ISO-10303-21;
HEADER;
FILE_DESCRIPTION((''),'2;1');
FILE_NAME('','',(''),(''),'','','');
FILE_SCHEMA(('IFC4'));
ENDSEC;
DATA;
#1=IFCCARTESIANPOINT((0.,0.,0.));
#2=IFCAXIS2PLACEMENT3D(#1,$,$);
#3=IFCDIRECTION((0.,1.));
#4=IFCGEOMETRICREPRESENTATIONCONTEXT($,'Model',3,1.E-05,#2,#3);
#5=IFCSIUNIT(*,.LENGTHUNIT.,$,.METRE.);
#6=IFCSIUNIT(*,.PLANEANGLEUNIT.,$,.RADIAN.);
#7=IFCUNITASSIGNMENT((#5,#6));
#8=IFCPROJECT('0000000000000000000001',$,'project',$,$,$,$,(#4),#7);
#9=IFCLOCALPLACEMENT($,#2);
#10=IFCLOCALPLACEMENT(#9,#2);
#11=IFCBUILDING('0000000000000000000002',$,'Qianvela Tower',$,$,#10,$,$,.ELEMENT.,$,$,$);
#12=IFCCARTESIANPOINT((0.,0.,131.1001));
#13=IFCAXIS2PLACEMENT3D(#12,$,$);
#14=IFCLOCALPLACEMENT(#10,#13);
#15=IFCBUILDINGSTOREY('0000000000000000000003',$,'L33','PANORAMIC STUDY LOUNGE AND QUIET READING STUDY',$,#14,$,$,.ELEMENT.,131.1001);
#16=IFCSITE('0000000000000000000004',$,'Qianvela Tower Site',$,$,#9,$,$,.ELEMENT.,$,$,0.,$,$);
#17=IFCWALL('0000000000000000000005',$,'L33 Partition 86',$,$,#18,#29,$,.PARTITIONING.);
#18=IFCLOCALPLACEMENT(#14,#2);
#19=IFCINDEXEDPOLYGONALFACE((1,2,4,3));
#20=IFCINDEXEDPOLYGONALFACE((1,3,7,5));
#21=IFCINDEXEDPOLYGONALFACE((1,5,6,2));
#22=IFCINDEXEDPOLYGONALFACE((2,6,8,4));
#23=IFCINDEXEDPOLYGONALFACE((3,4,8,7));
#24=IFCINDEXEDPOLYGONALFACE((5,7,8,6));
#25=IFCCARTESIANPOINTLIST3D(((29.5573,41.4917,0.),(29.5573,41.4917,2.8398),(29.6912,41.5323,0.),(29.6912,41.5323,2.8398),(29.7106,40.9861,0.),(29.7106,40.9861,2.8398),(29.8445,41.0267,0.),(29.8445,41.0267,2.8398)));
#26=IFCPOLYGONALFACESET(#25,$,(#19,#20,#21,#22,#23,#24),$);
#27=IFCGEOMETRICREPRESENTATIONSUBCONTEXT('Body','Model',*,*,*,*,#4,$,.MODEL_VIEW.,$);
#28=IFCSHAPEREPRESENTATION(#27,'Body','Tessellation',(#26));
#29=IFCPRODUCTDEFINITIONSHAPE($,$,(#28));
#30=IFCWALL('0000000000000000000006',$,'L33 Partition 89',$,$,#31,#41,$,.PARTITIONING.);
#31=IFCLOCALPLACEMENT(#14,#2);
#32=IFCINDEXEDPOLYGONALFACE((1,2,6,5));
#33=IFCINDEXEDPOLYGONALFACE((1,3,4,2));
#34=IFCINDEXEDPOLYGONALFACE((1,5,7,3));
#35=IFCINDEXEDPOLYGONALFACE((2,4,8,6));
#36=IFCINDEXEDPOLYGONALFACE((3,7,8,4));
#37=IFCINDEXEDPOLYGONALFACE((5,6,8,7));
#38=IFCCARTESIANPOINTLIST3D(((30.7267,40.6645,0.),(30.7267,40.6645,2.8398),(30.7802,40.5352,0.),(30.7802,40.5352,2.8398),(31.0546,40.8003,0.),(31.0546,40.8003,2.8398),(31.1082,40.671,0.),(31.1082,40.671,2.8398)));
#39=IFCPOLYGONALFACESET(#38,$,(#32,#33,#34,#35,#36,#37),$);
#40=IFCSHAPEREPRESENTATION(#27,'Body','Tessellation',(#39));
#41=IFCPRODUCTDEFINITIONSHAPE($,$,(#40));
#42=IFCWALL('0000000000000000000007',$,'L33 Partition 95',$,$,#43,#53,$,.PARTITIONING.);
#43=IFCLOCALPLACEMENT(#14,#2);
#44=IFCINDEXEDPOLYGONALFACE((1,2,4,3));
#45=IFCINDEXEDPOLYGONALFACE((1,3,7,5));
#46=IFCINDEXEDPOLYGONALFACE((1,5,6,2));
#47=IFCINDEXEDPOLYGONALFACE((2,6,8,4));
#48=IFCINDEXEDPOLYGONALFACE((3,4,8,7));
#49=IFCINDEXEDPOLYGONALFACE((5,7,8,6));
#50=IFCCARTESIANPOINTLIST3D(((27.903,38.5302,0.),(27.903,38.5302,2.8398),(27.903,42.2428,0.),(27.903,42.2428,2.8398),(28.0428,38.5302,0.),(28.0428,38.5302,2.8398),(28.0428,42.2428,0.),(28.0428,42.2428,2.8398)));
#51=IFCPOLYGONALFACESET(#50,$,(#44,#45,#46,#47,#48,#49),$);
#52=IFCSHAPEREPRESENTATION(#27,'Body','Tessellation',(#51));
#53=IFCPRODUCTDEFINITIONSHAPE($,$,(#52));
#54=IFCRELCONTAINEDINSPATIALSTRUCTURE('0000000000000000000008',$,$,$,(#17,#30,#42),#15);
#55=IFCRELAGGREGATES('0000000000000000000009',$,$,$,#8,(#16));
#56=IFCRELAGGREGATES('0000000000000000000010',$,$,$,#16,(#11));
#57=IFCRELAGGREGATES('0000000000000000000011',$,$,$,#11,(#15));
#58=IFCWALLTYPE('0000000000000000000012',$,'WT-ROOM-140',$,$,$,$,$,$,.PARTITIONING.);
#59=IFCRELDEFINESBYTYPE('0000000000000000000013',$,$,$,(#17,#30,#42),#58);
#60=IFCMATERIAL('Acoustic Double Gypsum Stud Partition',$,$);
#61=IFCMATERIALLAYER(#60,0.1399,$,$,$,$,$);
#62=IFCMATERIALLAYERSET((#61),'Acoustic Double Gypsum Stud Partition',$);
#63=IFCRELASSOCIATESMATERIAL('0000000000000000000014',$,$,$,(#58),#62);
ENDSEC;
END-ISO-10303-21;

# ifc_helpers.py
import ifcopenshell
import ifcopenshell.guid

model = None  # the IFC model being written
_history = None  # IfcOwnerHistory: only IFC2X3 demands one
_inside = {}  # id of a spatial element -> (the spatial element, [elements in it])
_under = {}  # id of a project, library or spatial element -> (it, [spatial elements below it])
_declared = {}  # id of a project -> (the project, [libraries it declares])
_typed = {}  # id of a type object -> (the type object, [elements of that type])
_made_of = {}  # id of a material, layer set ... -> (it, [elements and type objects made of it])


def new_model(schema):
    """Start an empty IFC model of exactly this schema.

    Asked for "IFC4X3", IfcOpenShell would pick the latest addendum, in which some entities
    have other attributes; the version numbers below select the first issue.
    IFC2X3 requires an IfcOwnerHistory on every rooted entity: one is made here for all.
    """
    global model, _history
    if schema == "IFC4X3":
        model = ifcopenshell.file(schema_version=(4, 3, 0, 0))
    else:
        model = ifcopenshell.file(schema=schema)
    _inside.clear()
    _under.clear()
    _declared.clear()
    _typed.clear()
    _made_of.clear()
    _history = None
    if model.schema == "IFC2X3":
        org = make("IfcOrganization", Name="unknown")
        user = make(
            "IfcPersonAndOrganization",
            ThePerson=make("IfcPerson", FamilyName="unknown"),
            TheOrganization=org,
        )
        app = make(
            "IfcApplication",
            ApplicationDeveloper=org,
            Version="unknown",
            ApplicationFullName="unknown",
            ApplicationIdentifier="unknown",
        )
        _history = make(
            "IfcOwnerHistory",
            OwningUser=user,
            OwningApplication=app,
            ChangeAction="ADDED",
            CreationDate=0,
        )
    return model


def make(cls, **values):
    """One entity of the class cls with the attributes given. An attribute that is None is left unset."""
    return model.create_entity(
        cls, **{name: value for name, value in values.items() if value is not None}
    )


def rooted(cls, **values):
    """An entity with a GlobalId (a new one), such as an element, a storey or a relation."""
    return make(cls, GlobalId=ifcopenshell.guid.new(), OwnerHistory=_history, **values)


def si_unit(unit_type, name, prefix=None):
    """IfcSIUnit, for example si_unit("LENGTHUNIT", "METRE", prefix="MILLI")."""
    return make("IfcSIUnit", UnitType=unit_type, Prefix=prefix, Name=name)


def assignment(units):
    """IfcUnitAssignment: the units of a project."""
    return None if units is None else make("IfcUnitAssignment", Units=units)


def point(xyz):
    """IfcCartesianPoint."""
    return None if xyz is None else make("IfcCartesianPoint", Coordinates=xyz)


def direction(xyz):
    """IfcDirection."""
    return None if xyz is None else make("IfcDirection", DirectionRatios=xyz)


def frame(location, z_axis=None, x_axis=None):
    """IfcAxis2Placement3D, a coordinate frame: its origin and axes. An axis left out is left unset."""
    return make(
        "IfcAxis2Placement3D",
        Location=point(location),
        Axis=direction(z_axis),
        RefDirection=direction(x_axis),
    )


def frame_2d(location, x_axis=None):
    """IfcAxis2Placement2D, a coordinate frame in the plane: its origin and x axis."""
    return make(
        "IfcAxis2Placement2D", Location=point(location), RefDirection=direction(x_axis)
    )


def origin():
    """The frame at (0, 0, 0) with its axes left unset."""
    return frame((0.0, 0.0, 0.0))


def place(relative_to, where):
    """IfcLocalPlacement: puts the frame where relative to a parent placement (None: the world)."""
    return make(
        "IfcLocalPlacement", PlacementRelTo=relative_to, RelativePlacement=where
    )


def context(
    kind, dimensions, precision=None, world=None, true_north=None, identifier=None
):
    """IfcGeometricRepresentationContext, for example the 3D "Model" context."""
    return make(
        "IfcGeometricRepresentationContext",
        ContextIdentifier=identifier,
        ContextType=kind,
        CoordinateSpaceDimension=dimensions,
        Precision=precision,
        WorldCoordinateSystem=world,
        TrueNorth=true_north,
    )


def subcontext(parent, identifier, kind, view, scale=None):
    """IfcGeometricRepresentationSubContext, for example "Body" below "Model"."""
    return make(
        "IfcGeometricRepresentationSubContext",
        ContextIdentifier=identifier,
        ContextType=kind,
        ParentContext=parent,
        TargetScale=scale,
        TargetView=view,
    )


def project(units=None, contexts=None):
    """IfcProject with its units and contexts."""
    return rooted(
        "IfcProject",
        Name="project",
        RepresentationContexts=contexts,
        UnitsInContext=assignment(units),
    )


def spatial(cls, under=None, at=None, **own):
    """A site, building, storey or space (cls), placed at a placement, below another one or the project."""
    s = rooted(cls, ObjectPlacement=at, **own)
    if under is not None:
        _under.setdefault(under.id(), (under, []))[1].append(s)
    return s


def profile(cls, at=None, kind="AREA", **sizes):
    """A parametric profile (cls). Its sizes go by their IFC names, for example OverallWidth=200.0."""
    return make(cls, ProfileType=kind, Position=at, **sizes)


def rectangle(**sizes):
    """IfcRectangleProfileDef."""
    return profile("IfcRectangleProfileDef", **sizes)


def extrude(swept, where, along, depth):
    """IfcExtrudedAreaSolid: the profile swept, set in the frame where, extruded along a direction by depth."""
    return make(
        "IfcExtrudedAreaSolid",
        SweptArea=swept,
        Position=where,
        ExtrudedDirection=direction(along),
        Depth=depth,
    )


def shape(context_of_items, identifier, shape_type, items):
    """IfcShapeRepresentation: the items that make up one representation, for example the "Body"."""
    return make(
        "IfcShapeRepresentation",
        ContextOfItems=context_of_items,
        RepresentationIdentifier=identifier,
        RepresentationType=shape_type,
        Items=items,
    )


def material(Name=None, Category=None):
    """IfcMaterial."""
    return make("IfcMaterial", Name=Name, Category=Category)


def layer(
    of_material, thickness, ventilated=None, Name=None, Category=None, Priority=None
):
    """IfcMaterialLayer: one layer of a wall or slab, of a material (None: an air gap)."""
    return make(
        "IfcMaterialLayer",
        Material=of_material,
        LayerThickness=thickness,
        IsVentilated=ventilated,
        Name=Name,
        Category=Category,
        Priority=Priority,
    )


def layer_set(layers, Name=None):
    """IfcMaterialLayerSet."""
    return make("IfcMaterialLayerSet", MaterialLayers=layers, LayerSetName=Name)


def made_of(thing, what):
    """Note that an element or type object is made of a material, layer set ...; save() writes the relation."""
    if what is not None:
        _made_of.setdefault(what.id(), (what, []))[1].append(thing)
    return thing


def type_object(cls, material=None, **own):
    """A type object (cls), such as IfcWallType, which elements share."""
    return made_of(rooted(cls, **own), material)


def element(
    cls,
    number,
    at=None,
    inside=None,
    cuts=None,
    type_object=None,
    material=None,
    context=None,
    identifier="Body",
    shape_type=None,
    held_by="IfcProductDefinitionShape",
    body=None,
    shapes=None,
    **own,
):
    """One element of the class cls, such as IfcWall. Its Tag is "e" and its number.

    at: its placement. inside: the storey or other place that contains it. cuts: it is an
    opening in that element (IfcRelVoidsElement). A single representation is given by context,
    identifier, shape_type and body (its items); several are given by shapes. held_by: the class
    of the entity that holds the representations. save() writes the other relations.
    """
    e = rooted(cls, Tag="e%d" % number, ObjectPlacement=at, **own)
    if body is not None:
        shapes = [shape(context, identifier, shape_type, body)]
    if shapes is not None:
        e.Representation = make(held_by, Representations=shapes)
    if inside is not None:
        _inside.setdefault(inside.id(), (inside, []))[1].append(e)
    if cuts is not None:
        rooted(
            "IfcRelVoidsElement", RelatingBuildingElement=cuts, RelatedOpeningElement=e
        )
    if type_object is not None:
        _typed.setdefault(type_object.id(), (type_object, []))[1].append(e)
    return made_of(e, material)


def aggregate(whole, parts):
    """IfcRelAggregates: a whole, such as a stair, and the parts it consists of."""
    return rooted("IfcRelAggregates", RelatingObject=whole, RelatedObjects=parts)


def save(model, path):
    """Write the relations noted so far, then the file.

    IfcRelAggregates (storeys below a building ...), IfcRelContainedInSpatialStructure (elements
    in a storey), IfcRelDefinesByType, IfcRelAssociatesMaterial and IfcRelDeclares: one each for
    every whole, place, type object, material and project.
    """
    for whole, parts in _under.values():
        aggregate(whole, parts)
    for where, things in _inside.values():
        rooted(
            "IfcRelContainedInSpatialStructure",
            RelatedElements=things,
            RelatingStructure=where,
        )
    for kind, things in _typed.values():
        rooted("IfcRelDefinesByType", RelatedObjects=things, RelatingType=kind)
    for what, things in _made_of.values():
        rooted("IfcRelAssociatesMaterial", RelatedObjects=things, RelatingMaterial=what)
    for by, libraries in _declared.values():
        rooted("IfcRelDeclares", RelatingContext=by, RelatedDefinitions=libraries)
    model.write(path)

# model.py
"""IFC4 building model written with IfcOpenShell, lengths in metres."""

from ifc_helpers import new_model, si_unit, direction, frame, frame_2d, origin, place, context, subcontext, project, spatial, rectangle, extrude, material, layer, layer_set, type_object, element, save


model = new_model("IFC4")

# Units and contexts
model_context = context("Model", 3, precision=1e-05, world=origin(), true_north=direction((0.0, 1.0)))
body_context = subcontext(model_context, "Body", "Model", "MODEL_VIEW")
ifc_project = project(units=[si_unit("LENGTHUNIT", "METRE"), si_unit("PLANEANGLEUNIT", "RADIAN")], contexts=[model_context])

# Site, building, storey
site_placement = place(None, origin())
site = spatial("IfcSite", under=ifc_project, at=site_placement, Name="Qianvela Tower Site", CompositionType="ELEMENT", RefElevation=0.0)
building_placement = place(site_placement, origin())
building = spatial("IfcBuilding", under=site, at=building_placement, Name="Qianvela Tower", CompositionType="ELEMENT")
storey_placement = place(building_placement, frame((0.0, 0.0, 131.1001)))
storey = spatial("IfcBuildingStorey", under=building, at=storey_placement, Name="L33", Description="PANORAMIC STUDY LOUNGE AND QUIET READING STUDY", CompositionType="ELEMENT", Elevation=131.1001)

# Walls
ifc_material_1 = material(Name="Acoustic Double Gypsum Stud Partition")
ifc_layer_1 = layer(ifc_material_1, 0.1399)
ifc_layer_set_1 = layer_set([ifc_layer_1], Name="Acoustic Double Gypsum Stud Partition")
wall_type_1 = type_object("IfcWallType", Name="WT-ROOM-140", PredefinedType="PARTITIONING", material=ifc_layer_set_1)
wall_1_placement = place(storey_placement, frame((29.6243, 41.512, 0.0), z_axis=(0.0, 0.0, 1.0), x_axis=(0.290187, -0.95697, 0.0)))
element("IfcWall", 1, at=wall_1_placement, inside=storey, type_object=wall_type_1, Name="L33 Partition 86", PredefinedType="PARTITIONING", context=body_context, shape_type="SweptSolid", body=[
    extrude(rectangle(XDim=0.5283, YDim=0.1399, at=frame_2d((0.2642, 0.0))), origin(), (0.0, 0.0, 1.0), 2.8398),
])
wall_2_placement = place(storey_placement, frame((30.7534, 40.5999, 0.0), z_axis=(0.0, 0.0, 1.0), x_axis=(0.92395, 0.382514, 0.0)))
element("IfcWall", 2, at=wall_2_placement, inside=storey, type_object=wall_type_1, Name="L33 Partition 89", PredefinedType="PARTITIONING", context=body_context, shape_type="SweptSolid", body=[
    extrude(rectangle(XDim=0.355, YDim=0.1399, at=frame_2d((0.1775, 0.0))), origin(), (0.0, 0.0, 1.0), 2.8398),
])
wall_3_placement = place(storey_placement, frame((27.9729, 38.53, 0.0), z_axis=(0.0, 0.0, 1.0), x_axis=(0.0, 1.0, 0.0)))
element("IfcWall", 3, at=wall_3_placement, inside=storey, type_object=wall_type_1, Name="L33 Partition 95", PredefinedType="PARTITIONING", context=body_context, shape_type="SweptSolid", body=[
    extrude(rectangle(XDim=3.7126, YDim=0.1399, at=frame_2d((1.8564, 0.0))), origin(), (0.0, 0.0, 1.0), 2.8398),
])

save(model, "model.ifc")
